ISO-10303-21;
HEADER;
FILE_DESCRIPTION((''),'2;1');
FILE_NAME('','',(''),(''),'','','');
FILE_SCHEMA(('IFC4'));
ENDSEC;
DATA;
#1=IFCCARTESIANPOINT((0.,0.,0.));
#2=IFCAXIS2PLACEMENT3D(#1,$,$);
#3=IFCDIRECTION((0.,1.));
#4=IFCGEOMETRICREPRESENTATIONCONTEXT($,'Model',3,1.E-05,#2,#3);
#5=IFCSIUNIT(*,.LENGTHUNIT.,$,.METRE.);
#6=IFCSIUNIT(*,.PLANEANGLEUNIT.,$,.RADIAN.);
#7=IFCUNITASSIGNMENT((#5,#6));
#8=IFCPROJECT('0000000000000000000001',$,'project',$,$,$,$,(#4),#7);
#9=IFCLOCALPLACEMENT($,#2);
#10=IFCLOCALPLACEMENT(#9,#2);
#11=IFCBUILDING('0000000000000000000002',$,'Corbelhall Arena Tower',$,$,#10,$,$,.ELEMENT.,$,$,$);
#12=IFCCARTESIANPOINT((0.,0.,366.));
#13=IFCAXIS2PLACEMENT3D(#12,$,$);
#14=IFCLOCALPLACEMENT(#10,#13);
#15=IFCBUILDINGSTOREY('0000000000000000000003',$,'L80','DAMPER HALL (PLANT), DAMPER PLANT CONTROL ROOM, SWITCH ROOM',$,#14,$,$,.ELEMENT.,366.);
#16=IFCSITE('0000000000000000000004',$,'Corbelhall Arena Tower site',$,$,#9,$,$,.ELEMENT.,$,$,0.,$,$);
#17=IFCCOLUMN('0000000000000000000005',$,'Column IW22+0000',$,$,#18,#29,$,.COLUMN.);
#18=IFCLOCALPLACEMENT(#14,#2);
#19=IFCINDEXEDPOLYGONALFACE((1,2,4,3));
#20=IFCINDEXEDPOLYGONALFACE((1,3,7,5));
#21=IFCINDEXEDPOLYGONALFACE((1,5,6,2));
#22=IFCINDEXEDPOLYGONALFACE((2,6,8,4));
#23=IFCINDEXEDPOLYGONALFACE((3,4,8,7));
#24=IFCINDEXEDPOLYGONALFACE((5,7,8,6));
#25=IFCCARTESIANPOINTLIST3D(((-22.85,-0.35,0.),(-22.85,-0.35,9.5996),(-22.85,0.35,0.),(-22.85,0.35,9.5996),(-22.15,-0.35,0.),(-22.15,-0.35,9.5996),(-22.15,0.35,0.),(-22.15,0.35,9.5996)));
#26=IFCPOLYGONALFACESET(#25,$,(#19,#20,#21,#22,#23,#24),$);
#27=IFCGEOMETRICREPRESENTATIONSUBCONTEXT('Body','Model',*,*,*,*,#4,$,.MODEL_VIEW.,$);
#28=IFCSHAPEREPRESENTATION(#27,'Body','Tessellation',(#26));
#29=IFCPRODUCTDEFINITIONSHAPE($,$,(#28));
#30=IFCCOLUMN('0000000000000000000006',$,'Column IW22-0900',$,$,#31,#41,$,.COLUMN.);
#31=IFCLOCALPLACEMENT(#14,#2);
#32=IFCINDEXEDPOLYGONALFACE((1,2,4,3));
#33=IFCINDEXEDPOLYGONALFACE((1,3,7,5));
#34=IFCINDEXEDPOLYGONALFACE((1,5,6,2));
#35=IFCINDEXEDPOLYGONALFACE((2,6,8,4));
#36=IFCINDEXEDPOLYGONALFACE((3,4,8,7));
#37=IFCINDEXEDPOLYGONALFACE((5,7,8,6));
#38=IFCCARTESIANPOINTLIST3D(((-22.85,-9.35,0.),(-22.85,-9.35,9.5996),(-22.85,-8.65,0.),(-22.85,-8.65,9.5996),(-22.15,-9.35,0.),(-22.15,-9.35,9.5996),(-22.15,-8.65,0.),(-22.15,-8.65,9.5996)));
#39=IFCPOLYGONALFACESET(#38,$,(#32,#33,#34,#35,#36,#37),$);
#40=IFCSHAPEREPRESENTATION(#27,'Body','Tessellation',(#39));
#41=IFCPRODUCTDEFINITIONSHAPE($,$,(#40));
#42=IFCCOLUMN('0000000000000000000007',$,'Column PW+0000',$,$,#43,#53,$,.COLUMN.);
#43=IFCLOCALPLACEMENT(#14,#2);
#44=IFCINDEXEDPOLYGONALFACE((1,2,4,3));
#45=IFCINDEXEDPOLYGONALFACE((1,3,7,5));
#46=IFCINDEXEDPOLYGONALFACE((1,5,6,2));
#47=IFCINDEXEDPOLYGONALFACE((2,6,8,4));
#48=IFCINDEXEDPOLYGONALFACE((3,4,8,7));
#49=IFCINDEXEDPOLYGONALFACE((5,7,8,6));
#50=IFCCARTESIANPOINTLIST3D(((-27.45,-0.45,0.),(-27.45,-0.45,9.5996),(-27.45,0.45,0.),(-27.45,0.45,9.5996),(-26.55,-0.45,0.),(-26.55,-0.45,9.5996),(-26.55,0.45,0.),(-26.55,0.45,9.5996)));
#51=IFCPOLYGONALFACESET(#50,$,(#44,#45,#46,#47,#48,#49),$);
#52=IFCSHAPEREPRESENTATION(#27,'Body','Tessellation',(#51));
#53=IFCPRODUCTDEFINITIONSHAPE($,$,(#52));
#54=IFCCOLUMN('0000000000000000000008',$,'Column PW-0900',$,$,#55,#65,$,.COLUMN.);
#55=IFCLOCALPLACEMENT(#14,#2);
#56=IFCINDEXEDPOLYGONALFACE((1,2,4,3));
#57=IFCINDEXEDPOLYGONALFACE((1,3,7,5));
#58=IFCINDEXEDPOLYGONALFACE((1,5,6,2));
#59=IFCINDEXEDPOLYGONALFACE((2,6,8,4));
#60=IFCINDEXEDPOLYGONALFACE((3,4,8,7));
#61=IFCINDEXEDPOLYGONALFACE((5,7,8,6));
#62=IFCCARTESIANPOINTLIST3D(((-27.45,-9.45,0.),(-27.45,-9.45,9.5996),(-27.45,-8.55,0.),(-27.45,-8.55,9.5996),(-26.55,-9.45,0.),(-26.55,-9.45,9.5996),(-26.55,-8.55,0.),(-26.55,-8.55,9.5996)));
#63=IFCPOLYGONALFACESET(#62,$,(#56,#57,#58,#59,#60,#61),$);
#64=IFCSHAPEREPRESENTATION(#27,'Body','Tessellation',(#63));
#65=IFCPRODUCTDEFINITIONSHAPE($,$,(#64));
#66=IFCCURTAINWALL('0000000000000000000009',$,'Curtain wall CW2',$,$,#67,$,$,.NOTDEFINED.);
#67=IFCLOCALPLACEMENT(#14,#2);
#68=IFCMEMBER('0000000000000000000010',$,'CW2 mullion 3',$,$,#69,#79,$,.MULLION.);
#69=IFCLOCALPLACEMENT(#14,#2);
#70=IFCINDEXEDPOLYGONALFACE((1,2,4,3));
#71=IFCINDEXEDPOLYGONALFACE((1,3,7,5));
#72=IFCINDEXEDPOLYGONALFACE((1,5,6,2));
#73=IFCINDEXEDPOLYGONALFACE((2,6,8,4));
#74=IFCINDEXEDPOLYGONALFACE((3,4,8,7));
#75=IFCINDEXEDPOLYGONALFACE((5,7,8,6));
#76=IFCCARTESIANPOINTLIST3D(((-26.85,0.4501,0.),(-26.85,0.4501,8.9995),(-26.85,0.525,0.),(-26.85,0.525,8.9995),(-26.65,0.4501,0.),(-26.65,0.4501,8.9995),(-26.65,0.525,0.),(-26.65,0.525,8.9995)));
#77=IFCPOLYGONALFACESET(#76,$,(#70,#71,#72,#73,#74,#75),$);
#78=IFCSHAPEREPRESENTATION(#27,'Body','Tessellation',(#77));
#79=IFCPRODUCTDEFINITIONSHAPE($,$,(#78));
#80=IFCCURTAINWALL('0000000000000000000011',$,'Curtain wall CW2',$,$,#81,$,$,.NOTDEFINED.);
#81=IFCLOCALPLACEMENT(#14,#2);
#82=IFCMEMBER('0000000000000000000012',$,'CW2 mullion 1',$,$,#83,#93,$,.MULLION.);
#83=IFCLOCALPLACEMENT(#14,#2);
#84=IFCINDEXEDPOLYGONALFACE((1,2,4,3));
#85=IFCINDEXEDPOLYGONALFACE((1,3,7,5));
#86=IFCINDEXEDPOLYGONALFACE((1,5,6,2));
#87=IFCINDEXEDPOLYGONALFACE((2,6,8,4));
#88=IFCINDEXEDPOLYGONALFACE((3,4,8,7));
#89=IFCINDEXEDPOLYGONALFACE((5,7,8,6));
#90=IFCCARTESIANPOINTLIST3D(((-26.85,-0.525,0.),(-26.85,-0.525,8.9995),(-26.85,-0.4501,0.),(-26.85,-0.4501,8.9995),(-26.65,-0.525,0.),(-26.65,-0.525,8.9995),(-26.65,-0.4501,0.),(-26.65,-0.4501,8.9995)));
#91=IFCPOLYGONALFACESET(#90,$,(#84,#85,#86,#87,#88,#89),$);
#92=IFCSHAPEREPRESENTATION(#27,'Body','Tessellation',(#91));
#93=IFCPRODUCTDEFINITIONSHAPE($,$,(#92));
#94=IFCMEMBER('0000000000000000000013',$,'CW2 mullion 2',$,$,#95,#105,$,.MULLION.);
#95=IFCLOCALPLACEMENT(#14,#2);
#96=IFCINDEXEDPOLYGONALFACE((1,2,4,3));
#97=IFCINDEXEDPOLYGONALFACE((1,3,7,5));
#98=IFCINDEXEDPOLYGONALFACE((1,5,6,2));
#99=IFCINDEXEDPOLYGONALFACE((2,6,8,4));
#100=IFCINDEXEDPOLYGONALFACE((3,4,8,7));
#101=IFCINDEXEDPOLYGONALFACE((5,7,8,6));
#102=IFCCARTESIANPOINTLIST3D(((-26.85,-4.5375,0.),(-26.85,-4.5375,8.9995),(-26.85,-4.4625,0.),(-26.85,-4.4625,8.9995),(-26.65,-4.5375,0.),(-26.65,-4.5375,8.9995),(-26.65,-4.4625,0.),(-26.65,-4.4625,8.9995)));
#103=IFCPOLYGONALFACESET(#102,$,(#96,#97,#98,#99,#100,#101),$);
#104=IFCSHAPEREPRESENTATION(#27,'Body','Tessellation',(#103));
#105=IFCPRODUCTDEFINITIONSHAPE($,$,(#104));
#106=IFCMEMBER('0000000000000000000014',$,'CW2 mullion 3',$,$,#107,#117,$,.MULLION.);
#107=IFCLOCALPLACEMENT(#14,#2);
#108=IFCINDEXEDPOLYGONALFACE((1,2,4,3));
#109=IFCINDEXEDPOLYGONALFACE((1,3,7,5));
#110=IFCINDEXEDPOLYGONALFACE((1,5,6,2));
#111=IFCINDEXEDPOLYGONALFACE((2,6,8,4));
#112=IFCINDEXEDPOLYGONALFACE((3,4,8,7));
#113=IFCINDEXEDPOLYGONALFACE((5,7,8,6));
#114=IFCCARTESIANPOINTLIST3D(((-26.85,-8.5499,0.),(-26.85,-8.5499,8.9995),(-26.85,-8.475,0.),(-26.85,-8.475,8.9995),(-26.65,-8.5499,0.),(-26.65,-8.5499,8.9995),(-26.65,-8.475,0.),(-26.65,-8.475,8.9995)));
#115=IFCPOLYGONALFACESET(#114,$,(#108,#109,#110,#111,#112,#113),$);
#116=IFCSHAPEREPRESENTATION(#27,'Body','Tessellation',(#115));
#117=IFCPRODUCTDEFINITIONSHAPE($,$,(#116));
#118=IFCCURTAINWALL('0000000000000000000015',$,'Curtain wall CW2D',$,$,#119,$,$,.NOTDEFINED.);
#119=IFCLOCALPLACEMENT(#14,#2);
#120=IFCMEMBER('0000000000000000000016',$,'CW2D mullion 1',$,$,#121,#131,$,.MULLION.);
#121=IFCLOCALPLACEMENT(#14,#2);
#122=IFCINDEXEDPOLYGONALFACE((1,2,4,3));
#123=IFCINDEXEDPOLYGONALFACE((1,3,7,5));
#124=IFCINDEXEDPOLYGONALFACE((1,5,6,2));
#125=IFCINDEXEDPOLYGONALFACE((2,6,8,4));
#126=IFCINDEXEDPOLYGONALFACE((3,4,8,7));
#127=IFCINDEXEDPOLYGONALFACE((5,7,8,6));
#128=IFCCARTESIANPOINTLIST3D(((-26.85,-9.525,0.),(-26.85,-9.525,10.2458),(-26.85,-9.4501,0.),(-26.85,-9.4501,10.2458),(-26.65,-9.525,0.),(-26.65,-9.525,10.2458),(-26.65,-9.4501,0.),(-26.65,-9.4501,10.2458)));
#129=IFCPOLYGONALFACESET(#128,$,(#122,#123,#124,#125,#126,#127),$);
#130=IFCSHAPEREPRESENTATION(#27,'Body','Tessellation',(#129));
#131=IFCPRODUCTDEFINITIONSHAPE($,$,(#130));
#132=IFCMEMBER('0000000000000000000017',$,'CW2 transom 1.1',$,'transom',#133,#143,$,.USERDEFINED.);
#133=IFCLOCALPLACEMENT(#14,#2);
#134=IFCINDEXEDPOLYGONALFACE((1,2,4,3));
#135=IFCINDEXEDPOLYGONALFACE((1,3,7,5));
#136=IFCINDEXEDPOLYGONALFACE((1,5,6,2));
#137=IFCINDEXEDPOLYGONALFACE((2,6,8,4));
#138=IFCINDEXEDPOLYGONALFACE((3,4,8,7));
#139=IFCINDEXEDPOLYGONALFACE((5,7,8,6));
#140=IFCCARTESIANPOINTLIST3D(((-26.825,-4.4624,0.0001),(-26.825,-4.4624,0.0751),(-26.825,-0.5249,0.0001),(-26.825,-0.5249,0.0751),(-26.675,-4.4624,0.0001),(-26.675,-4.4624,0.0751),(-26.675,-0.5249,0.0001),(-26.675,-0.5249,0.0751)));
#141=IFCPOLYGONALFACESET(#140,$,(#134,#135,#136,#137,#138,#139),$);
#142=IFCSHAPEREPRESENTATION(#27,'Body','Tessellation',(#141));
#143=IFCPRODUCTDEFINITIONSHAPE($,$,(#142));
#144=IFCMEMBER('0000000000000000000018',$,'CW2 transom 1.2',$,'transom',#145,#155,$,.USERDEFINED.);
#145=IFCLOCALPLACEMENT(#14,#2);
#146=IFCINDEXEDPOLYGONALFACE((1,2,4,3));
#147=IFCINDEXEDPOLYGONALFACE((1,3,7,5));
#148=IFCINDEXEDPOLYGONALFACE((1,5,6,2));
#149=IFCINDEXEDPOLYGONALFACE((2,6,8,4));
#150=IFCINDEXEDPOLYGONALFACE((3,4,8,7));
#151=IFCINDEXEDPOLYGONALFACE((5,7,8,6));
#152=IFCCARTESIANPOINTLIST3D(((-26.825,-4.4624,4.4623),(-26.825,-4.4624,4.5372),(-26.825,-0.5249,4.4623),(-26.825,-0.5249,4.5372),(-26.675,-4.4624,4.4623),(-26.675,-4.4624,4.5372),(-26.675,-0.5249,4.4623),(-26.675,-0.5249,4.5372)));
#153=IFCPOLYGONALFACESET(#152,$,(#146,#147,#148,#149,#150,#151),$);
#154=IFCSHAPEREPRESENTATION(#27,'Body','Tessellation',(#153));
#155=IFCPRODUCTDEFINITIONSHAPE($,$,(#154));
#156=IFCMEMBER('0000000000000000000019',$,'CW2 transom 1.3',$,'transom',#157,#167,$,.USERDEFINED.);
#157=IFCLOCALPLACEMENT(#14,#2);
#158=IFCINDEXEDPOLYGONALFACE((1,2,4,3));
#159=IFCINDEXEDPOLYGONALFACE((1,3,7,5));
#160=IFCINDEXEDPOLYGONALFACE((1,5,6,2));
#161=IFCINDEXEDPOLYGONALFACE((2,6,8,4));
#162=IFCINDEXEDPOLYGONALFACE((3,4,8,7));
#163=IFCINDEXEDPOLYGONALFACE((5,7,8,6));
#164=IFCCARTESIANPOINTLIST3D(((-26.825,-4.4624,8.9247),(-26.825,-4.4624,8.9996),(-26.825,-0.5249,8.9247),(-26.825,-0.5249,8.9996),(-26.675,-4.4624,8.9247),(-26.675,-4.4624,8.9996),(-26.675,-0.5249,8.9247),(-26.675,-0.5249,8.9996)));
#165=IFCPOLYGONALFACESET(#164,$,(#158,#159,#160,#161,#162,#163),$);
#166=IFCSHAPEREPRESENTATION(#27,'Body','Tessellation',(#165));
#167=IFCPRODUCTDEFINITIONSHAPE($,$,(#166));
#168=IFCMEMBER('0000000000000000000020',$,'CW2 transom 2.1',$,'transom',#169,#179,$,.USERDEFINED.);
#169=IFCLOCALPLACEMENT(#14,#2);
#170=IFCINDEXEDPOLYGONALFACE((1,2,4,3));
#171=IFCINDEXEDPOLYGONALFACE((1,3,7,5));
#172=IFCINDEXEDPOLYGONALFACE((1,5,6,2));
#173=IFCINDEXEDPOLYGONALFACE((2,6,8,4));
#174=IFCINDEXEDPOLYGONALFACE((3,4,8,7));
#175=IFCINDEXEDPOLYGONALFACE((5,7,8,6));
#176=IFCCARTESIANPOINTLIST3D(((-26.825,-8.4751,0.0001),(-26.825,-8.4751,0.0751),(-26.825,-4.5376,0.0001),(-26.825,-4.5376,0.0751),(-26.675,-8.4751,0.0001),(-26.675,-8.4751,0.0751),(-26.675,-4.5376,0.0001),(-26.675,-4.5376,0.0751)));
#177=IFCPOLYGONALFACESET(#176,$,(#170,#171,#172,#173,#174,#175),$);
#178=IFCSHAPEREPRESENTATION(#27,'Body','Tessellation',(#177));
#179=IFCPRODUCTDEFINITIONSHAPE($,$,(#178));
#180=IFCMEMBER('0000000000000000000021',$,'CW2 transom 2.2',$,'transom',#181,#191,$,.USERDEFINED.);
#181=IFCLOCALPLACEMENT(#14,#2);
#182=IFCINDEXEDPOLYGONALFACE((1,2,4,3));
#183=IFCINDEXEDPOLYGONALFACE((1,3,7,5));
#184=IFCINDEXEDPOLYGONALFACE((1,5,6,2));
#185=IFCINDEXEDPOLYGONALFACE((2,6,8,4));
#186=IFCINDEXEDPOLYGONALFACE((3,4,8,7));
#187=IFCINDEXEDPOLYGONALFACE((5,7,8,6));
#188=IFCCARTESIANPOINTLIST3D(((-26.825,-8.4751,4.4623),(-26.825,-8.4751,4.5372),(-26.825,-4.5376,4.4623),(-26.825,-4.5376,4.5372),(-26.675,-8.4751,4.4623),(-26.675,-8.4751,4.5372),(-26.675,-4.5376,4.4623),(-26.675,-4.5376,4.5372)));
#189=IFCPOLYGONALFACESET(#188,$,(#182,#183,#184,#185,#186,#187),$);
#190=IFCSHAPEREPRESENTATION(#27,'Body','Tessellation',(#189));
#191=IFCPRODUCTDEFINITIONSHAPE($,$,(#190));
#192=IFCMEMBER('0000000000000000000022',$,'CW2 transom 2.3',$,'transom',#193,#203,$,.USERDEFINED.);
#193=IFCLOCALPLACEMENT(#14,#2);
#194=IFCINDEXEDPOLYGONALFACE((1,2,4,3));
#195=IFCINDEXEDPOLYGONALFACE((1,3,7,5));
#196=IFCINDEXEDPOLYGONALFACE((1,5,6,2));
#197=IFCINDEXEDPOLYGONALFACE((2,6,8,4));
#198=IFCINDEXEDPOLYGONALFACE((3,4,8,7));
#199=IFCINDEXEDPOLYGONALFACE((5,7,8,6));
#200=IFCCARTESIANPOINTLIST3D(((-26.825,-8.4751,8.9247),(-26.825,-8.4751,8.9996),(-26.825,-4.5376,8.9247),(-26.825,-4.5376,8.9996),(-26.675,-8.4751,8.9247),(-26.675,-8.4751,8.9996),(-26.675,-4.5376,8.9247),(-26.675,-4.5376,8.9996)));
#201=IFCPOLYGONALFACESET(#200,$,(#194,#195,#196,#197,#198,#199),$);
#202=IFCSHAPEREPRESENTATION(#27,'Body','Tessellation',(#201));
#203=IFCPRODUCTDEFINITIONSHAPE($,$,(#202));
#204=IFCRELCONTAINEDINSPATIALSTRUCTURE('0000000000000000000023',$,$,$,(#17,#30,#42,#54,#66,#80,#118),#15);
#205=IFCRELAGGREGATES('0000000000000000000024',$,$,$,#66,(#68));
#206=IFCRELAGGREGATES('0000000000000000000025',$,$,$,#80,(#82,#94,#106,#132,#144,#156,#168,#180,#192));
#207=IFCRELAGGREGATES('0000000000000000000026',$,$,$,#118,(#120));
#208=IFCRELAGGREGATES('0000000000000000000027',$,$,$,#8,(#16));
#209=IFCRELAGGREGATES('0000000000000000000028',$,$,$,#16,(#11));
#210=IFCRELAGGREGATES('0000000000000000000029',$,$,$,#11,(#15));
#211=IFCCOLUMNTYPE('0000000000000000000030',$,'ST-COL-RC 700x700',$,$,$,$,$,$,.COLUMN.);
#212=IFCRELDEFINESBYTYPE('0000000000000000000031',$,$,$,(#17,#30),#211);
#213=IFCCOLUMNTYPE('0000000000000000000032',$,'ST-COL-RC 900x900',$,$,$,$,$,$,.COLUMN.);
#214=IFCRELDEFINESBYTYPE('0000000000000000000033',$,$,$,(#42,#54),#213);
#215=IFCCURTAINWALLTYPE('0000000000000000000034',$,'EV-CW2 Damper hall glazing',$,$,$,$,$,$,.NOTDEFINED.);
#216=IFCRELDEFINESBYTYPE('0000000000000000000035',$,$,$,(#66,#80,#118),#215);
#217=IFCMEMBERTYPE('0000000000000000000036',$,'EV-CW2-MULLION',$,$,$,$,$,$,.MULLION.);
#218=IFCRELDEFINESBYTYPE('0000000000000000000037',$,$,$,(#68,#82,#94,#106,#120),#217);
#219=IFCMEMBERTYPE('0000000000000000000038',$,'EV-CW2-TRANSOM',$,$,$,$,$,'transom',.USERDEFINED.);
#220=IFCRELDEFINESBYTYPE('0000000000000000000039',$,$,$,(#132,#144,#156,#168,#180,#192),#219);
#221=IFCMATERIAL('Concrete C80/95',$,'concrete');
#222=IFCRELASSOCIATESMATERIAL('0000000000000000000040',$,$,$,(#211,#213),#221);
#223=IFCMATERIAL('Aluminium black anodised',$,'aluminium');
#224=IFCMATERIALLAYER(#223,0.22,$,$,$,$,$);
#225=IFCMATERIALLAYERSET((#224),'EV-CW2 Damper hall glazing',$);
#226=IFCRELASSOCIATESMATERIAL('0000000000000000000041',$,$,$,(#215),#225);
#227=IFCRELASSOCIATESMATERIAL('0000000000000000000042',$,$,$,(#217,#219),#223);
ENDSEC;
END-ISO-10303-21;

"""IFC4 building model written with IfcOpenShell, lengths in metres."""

from ifc_helpers import new_model, si_unit, direction, frame, origin, origin_2d, place, context, subcontext, project, spatial, rectangle, extrude, material, layer, layer_set, material_profile, profile_set, type_object, element, aggregate, save


model = new_model("IFC4")

# Units and contexts
model_context = context("Model", 3, precision=1e-05, world=origin(), true_north=direction((0.0, 1.0)))
body_context = subcontext(model_context, "Body", "Model", "MODEL_VIEW")
ifc_project = project(units=[si_unit("LENGTHUNIT", "METRE"), si_unit("PLANEANGLEUNIT", "RADIAN")], contexts=[model_context])

# Site, building, storey
site_placement = place(None, origin())
site = spatial("IfcSite", under=ifc_project, at=site_placement, Name="Corbelhall Arena Tower site", CompositionType="ELEMENT", RefElevation=0.0)
building_placement = place(site_placement, origin())
building = spatial("IfcBuilding", under=site, at=building_placement, Name="Corbelhall Arena Tower", CompositionType="ELEMENT")
storey_placement = place(building_placement, frame((0.0, 0.0, 366.0)))
storey = spatial("IfcBuildingStorey", under=building, at=storey_placement, Name="L80", Description="DAMPER HALL (PLANT), DAMPER PLANT CONTROL ROOM, SWITCH ROOM", CompositionType="ELEMENT", Elevation=366.0)

# Columns
ifc_material_1 = material(Name="Concrete C80/95", Category="concrete")
ifc_material_profile_1 = material_profile(ifc_material_1, rectangle(XDim=0.7, YDim=0.7, at=origin_2d()))
ifc_profile_set_1 = profile_set([ifc_material_profile_1], Name="Concrete C80/95")
column_type_1 = type_object("IfcColumnType", Name="ST-COL-RC 700x700", PredefinedType="COLUMN", material=ifc_profile_set_1)
for number, where, z_axis, x_axis, name in (
    (1, (-22.5, 0.0, 0.0), (0.0, 0.0, 1.0), (1.0, 0.0, 0.0), "Column IW22+0000"),
    (2, (-22.5, -9.0, 0.0), (0.0, 0.0, 1.0), (1.0, 0.0, 0.0), "Column IW22-0900"),
):
    element("IfcColumn", number, at=place(storey_placement, frame(where, z_axis=z_axis, x_axis=x_axis)), inside=storey, type_object=column_type_1, Name=name, PredefinedType="COLUMN", context=body_context, shape_type="SweptSolid", body=[
        extrude(rectangle(XDim=0.7, YDim=0.7, at=origin_2d()), origin(), (0.0, 0.0, 1.0), 9.5996),
    ])
ifc_material_profile_2 = material_profile(ifc_material_1, rectangle(XDim=0.8999, YDim=0.8999, at=origin_2d()))
ifc_profile_set_2 = profile_set([ifc_material_profile_2], Name="Concrete C80/95")
column_type_2 = type_object("IfcColumnType", Name="ST-COL-RC 900x900", PredefinedType="COLUMN", material=ifc_profile_set_2)
for number, where, z_axis, x_axis, name in (
    (3, (-27.0, 0.0, 0.0), (0.0, 0.0, 1.0), (0.0, 1.0, 0.0), "Column PW+0000"),
    (4, (-27.0, -9.0, 0.0), (0.0, 0.0, 1.0), (0.0, 1.0, 0.0), "Column PW-0900"),
):
    element("IfcColumn", number, at=place(storey_placement, frame(where, z_axis=z_axis, x_axis=x_axis)), inside=storey, type_object=column_type_2, Name=name, PredefinedType="COLUMN", context=body_context, shape_type="SweptSolid", body=[
        extrude(rectangle(XDim=0.8999, YDim=0.8999, at=origin_2d()), origin(), (0.0, 0.0, 1.0), 9.5996),
    ])

# Curtain wall, member
ifc_material_2 = material(Name="Aluminium black anodised", Category="aluminium")
ifc_layer_1 = layer(ifc_material_2, 0.22)
ifc_layer_set_1 = layer_set([ifc_layer_1], Name="EV-CW2 Damper hall glazing")
curtain_wall_type = type_object("IfcCurtainWallType", Name="EV-CW2 Damper hall glazing", PredefinedType="NOTDEFINED", material=ifc_layer_set_1)
curtain_wall_1_placement = place(storey_placement, origin())
curtain_wall_1 = element("IfcCurtainWall", 5, at=curtain_wall_1_placement, inside=storey, type_object=curtain_wall_type, Name="Curtain wall CW2", PredefinedType="NOTDEFINED")
ifc_material_profile_3 = material_profile(ifc_material_2, rectangle(XDim=0.2, YDim=0.075, at=origin_2d()))
ifc_profile_set_3 = profile_set([ifc_material_profile_3], Name="Aluminium black anodised")
member_type_1 = type_object("IfcMemberType", Name="EV-CW2-MULLION", PredefinedType="MULLION", material=ifc_profile_set_3)
member_1_placement = place(storey_placement, frame((-26.75, 0.4875, 0.0), z_axis=(0.0, 0.0, 1.0), x_axis=(1.0, 0.0, 0.0)))
member_1 = element("IfcMember", 6, at=member_1_placement, type_object=member_type_1, Name="CW2 mullion 3", PredefinedType="MULLION", context=body_context, shape_type="SweptSolid", body=[
    extrude(rectangle(XDim=0.2, YDim=0.075, at=origin_2d()), origin(), (0.0, 0.0, 1.0), 8.9995),
])

# Curtain wall, members
curtain_wall_2_placement = place(storey_placement, origin())
curtain_wall_2 = element("IfcCurtainWall", 7, at=curtain_wall_2_placement, inside=storey, type_object=curtain_wall_type, Name="Curtain wall CW2", PredefinedType="NOTDEFINED")
member_2_placement = place(storey_placement, frame((-26.75, -0.4875, 0.0), z_axis=(0.0, 0.0, 1.0), x_axis=(1.0, 0.0, 0.0)))
member_2 = element("IfcMember", 8, at=member_2_placement, type_object=member_type_1, Name="CW2 mullion 1", PredefinedType="MULLION", context=body_context, shape_type="SweptSolid", body=[
    extrude(rectangle(XDim=0.2, YDim=0.075, at=origin_2d()), origin(), (0.0, 0.0, 1.0), 8.9995),
])
member_3_placement = place(storey_placement, frame((-26.75, -4.5, 0.0), z_axis=(0.0, 0.0, 1.0), x_axis=(1.0, 0.0, 0.0)))
member_3 = element("IfcMember", 9, at=member_3_placement, type_object=member_type_1, Name="CW2 mullion 2", PredefinedType="MULLION", context=body_context, shape_type="SweptSolid", body=[
    extrude(rectangle(XDim=0.2, YDim=0.075, at=origin_2d()), origin(), (0.0, 0.0, 1.0), 8.9995),
])
member_4_placement = place(storey_placement, frame((-26.75, -8.5125, 0.0), z_axis=(0.0, 0.0, 1.0), x_axis=(1.0, 0.0, 0.0)))
member_4 = element("IfcMember", 10, at=member_4_placement, type_object=member_type_1, Name="CW2 mullion 3", PredefinedType="MULLION", context=body_context, shape_type="SweptSolid", body=[
    extrude(rectangle(XDim=0.2, YDim=0.075, at=origin_2d()), origin(), (0.0, 0.0, 1.0), 8.9995),
])

# Curtain wall, member
curtain_wall_3_placement = place(storey_placement, origin())
curtain_wall_3 = element("IfcCurtainWall", 11, at=curtain_wall_3_placement, inside=storey, type_object=curtain_wall_type, Name="Curtain wall CW2D", PredefinedType="NOTDEFINED")
member_5_placement = place(storey_placement, frame((-26.75, -9.4875, 0.0), z_axis=(0.0, 0.0, 1.0), x_axis=(1.0, 0.0, 0.0)))
member_5 = element("IfcMember", 12, at=member_5_placement, type_object=member_type_1, Name="CW2D mullion 1", PredefinedType="MULLION", context=body_context, shape_type="SweptSolid", body=[
    extrude(rectangle(XDim=0.2, YDim=0.075, at=origin_2d()), origin(), (0.0, 0.0, 1.0), 10.2458),
])

# Members
ifc_material_profile_4 = material_profile(ifc_material_2, rectangle(XDim=0.1499, YDim=0.075, at=origin_2d()))
ifc_profile_set_4 = profile_set([ifc_material_profile_4], Name="Aluminium black anodised")
member_type_2 = type_object("IfcMemberType", Name="EV-CW2-TRANSOM", ElementType="transom", PredefinedType="USERDEFINED", material=ifc_profile_set_4)
member_6_placement = place(storey_placement, frame((-26.75, -0.5249, 0.0376), z_axis=(0.0, -1.0, 0.0), x_axis=(1.0, 0.0, 0.0)))
member_6 = element("IfcMember", 13, at=member_6_placement, type_object=member_type_2, Name="CW2 transom 1.1", ObjectType="transom", PredefinedType="USERDEFINED", context=body_context, shape_type="SweptSolid", body=[
    extrude(rectangle(XDim=0.1499, YDim=0.075, at=origin_2d()), origin(), (0.0, 0.0, 1.0), 3.9375),
])
member_7_placement = place(storey_placement, frame((-26.75, -0.5249, 4.4998), z_axis=(0.0, -1.0, 0.0), x_axis=(1.0, 0.0, 0.0)))
member_7 = element("IfcMember", 14, at=member_7_placement, type_object=member_type_2, Name="CW2 transom 1.2", ObjectType="transom", PredefinedType="USERDEFINED", context=body_context, shape_type="SweptSolid", body=[
    extrude(rectangle(XDim=0.1499, YDim=0.075, at=origin_2d()), origin(), (0.0, 0.0, 1.0), 3.9375),
])
member_8_placement = place(storey_placement, frame((-26.75, -0.5249, 8.9622), z_axis=(0.0, -1.0, 0.0), x_axis=(1.0, 0.0, 0.0)))
member_8 = element("IfcMember", 15, at=member_8_placement, type_object=member_type_2, Name="CW2 transom 1.3", ObjectType="transom", PredefinedType="USERDEFINED", context=body_context, shape_type="SweptSolid", body=[
    extrude(rectangle(XDim=0.1499, YDim=0.075, at=origin_2d()), origin(), (0.0, 0.0, 1.0), 3.9375),
])
member_9_placement = place(storey_placement, frame((-26.75, -4.5376, 0.0376), z_axis=(0.0, -1.0, 0.0), x_axis=(1.0, 0.0, 0.0)))
member_9 = element("IfcMember", 16, at=member_9_placement, type_object=member_type_2, Name="CW2 transom 2.1", ObjectType="transom", PredefinedType="USERDEFINED", context=body_context, shape_type="SweptSolid", body=[
    extrude(rectangle(XDim=0.1499, YDim=0.075, at=origin_2d()), origin(), (0.0, 0.0, 1.0), 3.9375),
])
member_10_placement = place(storey_placement, frame((-26.75, -4.5376, 4.4998), z_axis=(0.0, -1.0, 0.0), x_axis=(1.0, 0.0, 0.0)))
member_10 = element("IfcMember", 17, at=member_10_placement, type_object=member_type_2, Name="CW2 transom 2.2", ObjectType="transom", PredefinedType="USERDEFINED", context=body_context, shape_type="SweptSolid", body=[
    extrude(rectangle(XDim=0.1499, YDim=0.075, at=origin_2d()), origin(), (0.0, 0.0, 1.0), 3.9375),
])
member_11_placement = place(storey_placement, frame((-26.75, -4.5376, 8.9622), z_axis=(0.0, -1.0, 0.0), x_axis=(1.0, 0.0, 0.0)))
member_11 = element("IfcMember", 18, at=member_11_placement, type_object=member_type_2, Name="CW2 transom 2.3", ObjectType="transom", PredefinedType="USERDEFINED", context=body_context, shape_type="SweptSolid", body=[
    extrude(rectangle(XDim=0.1499, YDim=0.075, at=origin_2d()), origin(), (0.0, 0.0, 1.0), 3.9375),
])

aggregate(curtain_wall_1, [member_1])
aggregate(curtain_wall_2, [member_2, member_3, member_4, member_6, member_7, member_8, member_9, member_10, member_11])
aggregate(curtain_wall_3, [member_5])

save(model, "model.ifc")
